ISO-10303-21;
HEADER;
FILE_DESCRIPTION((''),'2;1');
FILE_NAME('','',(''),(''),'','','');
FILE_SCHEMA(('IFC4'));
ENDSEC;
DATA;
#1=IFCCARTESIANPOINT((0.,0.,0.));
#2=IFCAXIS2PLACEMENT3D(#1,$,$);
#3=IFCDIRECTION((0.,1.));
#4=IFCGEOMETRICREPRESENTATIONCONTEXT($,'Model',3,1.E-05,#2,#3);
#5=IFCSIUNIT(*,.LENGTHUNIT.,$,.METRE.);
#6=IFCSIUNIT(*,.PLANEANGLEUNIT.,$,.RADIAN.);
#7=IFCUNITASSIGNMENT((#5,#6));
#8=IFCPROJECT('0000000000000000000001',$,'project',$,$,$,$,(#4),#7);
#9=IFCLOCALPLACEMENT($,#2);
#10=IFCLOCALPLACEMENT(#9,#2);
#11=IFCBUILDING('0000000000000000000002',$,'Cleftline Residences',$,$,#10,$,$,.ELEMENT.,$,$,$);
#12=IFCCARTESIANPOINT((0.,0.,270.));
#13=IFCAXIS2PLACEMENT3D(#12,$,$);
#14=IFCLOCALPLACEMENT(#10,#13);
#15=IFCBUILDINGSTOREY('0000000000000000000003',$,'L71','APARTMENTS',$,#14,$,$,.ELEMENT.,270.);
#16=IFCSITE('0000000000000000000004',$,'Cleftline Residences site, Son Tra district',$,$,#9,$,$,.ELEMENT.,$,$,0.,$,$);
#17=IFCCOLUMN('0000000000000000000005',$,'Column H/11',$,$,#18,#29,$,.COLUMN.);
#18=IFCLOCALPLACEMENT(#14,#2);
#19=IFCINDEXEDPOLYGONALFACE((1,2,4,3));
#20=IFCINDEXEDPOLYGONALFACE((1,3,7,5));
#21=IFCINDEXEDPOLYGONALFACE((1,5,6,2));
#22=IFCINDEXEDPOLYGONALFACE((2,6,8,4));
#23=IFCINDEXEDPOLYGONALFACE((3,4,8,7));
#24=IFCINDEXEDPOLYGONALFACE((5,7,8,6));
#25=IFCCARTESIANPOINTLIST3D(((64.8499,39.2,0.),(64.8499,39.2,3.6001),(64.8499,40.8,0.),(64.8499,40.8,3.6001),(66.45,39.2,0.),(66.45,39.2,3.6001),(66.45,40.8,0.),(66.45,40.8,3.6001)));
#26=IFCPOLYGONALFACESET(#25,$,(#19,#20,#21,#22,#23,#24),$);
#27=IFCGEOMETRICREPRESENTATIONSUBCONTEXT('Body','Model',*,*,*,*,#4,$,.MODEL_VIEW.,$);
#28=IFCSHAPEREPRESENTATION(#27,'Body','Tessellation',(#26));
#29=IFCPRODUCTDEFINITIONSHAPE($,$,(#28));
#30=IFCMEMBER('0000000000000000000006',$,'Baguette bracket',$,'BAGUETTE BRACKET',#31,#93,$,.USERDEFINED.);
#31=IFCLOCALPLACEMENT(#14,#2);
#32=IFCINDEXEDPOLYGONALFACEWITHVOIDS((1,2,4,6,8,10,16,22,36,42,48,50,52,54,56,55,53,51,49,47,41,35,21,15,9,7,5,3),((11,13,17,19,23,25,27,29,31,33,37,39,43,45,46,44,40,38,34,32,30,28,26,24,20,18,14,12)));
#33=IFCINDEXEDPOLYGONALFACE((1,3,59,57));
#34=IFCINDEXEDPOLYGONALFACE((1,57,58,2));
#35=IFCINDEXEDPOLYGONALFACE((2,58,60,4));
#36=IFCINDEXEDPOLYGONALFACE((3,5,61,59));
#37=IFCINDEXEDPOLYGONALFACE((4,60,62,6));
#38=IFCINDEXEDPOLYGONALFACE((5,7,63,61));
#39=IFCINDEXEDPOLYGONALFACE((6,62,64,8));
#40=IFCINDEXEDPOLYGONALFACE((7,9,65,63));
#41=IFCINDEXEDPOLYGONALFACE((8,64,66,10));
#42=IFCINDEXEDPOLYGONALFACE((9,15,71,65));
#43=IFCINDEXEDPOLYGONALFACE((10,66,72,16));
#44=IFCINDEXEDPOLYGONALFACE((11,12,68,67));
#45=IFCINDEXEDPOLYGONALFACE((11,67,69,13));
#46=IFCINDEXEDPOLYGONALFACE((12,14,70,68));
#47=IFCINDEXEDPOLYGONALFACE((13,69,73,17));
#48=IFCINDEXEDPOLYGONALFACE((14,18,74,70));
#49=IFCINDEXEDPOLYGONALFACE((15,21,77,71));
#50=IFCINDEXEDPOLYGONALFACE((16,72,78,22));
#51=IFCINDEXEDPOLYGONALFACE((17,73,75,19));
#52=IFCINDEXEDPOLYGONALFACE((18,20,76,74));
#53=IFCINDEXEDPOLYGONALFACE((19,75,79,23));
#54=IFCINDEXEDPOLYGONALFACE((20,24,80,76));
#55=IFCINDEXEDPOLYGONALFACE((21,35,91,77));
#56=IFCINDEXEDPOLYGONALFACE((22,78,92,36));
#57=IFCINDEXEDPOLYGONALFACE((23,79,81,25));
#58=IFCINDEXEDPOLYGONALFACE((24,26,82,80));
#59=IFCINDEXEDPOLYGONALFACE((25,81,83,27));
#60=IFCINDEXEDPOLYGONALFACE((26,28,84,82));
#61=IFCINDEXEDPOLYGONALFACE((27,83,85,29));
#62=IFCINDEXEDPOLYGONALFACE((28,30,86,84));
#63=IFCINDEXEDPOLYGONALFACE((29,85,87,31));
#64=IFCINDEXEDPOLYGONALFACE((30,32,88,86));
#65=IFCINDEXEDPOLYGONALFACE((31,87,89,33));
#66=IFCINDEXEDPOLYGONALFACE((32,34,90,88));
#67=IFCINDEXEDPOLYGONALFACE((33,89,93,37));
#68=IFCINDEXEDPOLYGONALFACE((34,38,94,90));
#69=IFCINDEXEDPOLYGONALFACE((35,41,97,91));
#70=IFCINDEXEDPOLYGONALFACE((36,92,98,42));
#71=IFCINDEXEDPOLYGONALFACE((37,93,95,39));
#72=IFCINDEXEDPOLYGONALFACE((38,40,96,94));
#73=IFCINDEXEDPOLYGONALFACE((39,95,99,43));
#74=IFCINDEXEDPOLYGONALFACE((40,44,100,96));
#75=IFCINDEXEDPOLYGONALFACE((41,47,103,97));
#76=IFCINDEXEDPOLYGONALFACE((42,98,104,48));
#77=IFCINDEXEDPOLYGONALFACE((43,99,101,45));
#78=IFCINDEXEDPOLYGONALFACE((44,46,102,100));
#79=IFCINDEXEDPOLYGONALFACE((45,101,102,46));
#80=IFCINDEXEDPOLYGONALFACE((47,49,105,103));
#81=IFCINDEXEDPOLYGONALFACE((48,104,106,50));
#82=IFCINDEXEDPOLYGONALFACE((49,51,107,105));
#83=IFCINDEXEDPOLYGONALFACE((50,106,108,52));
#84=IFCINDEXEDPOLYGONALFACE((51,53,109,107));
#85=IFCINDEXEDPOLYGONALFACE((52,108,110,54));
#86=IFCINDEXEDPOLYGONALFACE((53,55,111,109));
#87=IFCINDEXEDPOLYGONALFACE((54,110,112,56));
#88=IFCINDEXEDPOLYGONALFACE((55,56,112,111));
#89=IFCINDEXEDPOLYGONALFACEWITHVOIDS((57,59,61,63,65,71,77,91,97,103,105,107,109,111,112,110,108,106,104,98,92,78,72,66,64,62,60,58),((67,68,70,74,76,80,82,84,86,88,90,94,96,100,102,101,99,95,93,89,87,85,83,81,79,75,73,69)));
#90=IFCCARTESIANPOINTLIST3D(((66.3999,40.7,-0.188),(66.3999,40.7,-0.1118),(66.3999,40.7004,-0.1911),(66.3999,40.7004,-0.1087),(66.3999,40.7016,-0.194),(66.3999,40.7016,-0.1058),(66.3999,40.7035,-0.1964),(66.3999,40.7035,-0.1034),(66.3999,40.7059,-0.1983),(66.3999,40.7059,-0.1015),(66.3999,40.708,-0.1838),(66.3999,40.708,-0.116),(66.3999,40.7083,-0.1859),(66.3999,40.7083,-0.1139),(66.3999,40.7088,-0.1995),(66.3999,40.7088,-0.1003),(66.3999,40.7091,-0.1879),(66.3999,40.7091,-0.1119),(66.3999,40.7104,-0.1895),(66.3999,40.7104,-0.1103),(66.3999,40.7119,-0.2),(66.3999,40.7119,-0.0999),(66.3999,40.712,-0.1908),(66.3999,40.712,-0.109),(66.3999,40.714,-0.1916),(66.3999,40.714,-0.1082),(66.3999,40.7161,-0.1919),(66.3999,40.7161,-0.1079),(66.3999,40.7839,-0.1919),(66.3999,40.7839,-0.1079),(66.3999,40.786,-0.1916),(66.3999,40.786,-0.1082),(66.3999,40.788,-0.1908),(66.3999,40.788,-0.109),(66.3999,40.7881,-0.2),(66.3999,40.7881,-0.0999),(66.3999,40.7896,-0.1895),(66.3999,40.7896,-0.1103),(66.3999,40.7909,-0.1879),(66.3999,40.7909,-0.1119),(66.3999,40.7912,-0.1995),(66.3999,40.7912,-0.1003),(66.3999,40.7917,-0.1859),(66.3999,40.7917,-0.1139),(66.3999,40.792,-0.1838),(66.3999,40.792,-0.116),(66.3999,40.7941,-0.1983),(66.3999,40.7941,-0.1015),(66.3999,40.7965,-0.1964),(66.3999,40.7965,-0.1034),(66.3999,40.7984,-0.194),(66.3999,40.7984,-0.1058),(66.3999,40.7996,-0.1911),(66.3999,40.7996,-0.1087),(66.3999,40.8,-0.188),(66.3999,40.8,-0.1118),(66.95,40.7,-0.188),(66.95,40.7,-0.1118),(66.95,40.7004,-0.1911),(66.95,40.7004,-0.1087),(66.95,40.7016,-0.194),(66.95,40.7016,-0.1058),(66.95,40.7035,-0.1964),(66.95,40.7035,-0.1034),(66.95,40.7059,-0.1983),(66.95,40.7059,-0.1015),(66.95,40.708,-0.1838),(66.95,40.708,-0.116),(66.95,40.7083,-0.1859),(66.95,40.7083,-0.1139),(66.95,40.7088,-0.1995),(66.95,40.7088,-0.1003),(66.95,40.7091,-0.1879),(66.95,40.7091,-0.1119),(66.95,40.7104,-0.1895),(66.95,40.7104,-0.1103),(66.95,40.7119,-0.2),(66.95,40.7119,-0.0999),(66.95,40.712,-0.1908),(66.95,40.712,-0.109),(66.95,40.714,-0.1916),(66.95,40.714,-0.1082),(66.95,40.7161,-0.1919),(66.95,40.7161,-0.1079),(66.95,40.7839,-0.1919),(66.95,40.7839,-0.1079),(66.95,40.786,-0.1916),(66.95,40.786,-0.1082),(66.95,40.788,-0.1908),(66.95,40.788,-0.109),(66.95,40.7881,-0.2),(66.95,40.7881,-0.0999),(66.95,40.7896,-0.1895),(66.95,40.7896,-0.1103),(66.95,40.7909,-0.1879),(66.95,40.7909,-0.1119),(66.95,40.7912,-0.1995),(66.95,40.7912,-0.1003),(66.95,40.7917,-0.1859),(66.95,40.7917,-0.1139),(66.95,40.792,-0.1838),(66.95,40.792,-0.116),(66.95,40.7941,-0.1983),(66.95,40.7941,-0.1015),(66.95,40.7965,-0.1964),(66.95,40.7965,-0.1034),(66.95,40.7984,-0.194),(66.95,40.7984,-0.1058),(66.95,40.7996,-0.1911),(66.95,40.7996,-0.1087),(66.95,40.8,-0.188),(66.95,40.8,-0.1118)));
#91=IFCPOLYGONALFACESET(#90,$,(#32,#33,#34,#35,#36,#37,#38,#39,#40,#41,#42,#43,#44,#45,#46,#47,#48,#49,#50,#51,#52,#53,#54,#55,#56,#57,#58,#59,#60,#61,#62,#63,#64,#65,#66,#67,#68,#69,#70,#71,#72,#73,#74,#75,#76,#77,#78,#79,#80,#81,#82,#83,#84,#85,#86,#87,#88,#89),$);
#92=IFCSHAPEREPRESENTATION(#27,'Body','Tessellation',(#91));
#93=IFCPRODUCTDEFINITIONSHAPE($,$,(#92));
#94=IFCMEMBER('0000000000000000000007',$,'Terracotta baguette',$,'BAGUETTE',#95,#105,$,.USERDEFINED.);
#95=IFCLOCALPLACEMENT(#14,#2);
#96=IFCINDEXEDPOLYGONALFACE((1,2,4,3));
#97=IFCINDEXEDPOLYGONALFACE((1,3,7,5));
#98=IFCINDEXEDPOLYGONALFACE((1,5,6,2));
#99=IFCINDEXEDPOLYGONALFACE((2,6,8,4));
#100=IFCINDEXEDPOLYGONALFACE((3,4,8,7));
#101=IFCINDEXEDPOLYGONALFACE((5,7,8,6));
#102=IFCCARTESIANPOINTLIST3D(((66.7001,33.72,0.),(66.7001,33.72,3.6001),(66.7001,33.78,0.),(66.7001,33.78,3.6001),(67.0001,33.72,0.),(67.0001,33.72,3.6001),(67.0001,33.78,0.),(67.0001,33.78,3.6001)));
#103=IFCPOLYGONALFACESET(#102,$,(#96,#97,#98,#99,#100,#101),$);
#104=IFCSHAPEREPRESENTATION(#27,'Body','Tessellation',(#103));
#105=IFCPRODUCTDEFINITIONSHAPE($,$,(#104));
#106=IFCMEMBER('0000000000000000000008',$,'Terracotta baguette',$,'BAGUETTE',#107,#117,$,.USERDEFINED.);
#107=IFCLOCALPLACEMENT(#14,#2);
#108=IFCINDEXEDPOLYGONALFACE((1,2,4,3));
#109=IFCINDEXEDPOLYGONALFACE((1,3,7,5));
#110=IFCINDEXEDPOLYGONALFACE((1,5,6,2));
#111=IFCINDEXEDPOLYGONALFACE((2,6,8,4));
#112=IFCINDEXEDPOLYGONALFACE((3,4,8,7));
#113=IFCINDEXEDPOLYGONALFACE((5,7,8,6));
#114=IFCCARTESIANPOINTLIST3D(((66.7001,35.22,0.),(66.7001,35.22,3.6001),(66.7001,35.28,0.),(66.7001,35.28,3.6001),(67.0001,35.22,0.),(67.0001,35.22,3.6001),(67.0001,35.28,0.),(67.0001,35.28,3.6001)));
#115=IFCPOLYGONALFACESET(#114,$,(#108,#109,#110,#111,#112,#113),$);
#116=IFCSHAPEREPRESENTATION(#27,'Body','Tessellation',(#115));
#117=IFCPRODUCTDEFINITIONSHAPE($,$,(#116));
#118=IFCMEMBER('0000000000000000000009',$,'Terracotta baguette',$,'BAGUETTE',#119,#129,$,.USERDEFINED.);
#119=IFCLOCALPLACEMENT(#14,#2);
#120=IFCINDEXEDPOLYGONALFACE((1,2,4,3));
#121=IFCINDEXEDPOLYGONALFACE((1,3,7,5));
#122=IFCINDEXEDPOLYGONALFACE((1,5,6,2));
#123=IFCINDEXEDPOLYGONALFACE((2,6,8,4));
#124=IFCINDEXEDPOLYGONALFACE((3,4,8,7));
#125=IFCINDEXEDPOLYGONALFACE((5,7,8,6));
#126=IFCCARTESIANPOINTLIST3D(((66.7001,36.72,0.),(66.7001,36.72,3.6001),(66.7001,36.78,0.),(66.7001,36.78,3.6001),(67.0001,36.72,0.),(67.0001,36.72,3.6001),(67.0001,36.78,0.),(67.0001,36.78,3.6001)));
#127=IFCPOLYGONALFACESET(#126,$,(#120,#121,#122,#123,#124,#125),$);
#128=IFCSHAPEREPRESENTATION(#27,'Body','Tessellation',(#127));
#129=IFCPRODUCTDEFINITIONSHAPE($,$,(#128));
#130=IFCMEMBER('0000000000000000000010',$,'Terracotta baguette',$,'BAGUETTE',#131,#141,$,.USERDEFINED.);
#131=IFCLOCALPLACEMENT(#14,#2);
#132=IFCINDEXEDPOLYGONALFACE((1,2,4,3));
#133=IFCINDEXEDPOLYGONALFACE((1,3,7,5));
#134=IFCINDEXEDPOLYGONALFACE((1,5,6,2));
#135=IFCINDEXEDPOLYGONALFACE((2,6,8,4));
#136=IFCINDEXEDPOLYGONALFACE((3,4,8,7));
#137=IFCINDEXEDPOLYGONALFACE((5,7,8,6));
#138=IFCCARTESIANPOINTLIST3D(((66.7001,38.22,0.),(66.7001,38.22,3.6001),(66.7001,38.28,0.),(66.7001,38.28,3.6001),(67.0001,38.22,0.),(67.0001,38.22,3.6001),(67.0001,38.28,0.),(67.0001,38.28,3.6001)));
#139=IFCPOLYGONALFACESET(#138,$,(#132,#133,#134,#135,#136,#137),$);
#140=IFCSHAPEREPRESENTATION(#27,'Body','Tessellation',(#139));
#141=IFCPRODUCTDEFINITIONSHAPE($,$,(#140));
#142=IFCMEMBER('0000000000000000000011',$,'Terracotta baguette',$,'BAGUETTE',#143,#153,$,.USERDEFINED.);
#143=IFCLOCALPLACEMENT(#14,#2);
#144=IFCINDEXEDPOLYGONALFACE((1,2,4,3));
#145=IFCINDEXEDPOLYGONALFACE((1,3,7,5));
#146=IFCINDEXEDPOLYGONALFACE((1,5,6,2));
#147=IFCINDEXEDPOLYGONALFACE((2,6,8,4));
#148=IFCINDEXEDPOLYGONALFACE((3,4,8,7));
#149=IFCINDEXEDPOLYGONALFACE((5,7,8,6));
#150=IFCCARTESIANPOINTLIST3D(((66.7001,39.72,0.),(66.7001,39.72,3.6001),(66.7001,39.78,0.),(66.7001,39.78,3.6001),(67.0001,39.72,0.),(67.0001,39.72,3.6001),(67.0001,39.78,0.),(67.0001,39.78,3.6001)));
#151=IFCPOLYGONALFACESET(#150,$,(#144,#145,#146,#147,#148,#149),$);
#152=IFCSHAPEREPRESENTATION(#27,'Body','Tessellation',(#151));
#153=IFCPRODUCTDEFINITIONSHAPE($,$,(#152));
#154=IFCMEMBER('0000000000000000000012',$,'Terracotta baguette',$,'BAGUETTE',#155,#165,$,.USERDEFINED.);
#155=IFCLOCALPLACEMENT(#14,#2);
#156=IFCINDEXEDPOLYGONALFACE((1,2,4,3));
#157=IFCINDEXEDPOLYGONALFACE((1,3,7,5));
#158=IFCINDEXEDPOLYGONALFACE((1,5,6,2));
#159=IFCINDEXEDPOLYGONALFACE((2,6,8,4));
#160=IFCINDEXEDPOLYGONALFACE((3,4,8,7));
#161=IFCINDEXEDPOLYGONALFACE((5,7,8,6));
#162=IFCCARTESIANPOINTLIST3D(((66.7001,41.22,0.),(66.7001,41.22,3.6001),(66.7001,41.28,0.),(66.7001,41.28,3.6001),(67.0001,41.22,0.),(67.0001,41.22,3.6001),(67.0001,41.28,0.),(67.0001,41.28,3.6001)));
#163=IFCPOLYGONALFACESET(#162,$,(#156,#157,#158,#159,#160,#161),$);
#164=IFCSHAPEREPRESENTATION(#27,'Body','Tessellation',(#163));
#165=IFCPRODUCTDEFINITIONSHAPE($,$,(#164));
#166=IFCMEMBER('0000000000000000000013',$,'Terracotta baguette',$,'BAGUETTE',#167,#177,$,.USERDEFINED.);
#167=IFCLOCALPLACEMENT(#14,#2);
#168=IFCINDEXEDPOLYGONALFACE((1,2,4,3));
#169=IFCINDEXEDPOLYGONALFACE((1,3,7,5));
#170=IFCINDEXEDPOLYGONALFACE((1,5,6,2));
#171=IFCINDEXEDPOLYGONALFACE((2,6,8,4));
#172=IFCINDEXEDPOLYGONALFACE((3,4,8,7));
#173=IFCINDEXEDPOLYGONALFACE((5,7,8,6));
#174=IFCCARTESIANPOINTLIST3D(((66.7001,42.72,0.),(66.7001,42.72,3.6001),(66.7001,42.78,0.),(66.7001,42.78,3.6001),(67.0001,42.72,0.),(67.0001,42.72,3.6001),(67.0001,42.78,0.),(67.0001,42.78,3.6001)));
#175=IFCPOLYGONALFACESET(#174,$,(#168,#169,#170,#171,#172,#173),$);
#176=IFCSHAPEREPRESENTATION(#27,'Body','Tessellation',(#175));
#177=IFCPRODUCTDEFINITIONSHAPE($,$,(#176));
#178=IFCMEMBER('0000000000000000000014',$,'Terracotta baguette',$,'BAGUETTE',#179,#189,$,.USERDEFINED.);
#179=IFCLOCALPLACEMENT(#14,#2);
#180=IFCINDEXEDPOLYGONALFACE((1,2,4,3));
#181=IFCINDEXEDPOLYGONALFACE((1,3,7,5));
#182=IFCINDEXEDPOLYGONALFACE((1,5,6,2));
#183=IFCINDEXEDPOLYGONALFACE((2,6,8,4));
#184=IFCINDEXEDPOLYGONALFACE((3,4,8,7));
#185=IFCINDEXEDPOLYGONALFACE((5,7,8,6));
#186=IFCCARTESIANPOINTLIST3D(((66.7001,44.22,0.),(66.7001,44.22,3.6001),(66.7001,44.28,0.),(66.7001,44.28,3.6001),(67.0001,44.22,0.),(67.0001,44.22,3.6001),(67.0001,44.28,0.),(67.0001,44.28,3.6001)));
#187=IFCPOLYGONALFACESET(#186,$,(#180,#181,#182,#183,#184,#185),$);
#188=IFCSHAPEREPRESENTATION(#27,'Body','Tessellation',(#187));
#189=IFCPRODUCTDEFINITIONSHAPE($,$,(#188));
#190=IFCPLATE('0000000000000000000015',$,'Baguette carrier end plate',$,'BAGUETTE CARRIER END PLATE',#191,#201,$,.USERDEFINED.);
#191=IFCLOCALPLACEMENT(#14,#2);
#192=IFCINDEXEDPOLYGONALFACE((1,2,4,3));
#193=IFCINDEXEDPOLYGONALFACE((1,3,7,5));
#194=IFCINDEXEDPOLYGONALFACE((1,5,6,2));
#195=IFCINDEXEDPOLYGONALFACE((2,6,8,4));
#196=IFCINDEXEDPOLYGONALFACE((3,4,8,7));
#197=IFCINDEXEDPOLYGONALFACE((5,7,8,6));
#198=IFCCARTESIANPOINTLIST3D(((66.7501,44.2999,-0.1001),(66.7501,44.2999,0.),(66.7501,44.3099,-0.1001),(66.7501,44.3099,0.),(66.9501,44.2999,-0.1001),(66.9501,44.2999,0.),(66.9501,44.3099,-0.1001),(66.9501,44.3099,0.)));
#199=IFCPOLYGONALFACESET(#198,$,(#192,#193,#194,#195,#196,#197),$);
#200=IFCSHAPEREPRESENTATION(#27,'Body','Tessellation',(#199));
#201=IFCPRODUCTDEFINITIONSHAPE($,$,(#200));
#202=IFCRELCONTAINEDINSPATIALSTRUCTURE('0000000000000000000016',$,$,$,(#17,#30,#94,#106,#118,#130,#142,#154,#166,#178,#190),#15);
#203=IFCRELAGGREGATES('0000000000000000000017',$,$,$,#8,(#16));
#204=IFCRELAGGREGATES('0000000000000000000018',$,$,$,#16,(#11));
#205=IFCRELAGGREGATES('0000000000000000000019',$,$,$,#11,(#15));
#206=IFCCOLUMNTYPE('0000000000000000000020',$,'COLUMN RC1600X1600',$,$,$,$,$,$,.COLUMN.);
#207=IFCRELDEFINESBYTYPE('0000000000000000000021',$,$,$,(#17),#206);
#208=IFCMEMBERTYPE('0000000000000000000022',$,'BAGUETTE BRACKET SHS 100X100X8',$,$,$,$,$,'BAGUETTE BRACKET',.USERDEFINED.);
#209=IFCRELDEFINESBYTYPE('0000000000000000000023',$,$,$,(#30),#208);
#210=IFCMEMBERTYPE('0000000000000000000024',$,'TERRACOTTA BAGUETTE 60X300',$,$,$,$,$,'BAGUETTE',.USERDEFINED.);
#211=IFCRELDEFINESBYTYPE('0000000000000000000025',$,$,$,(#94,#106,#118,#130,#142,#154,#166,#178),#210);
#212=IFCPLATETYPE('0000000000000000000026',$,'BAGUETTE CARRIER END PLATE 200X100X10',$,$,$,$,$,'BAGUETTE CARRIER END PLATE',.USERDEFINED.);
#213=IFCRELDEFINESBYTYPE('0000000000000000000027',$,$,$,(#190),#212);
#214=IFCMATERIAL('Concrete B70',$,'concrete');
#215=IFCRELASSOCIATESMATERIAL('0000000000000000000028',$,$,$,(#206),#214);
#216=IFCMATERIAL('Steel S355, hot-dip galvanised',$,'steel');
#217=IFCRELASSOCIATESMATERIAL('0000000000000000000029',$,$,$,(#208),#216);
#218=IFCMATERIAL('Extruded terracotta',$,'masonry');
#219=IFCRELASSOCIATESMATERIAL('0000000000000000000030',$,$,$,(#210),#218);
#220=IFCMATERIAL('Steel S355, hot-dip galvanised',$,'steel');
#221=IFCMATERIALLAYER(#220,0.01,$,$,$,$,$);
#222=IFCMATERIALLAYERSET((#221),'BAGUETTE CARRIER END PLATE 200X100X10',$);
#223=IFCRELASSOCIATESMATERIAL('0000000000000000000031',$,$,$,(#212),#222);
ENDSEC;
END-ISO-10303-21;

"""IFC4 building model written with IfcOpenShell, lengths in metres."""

from ifc_helpers import new_model, si_unit, direction, frame, origin, origin_2d, place, context, subcontext, project, spatial, rectangle, hollow_rectangle, extrude, material, layer, layer_set, material_profile, profile_set, type_object, element, save


model = new_model("IFC4")

# Units and contexts
model_context = context("Model", 3, precision=1e-05, world=origin(), true_north=direction((0.0, 1.0)))
body_context = subcontext(model_context, "Body", "Model", "MODEL_VIEW")
ifc_project = project(units=[si_unit("LENGTHUNIT", "METRE"), si_unit("PLANEANGLEUNIT", "RADIAN")], contexts=[model_context])

# Site, building, storey
site_placement = place(None, origin())
site = spatial("IfcSite", under=ifc_project, at=site_placement, Name="Cleftline Residences site, Son Tra district", CompositionType="ELEMENT", RefElevation=0.0)
building_placement = place(site_placement, origin())
building = spatial("IfcBuilding", under=site, at=building_placement, Name="Cleftline Residences", CompositionType="ELEMENT")
storey_placement = place(building_placement, frame((0.0, 0.0, 270.0)))
storey = spatial("IfcBuildingStorey", under=building, at=storey_placement, Name="L71", Description="APARTMENTS", CompositionType="ELEMENT", Elevation=270.0)

# Column
ifc_material_1 = material(Name="Concrete B70", Category="concrete")
ifc_material_profile_1 = material_profile(ifc_material_1, rectangle(XDim=1.6001, YDim=1.6001, at=origin_2d()))
ifc_profile_set_1 = profile_set([ifc_material_profile_1], Name="Concrete B70")
column_type = type_object("IfcColumnType", Name="COLUMN RC1600X1600", PredefinedType="COLUMN", material=ifc_profile_set_1)
column_placement = place(storey_placement, frame((65.6499, 40.0, 0.0), z_axis=(0.0, 0.0, 1.0), x_axis=(1.0, 0.0, 0.0)))
element("IfcColumn", 1, at=column_placement, inside=storey, type_object=column_type, Name="Column H/11", PredefinedType="COLUMN", context=body_context, shape_type="SweptSolid", body=[
    extrude(rectangle(XDim=1.6001, YDim=1.6001, at=origin_2d()), origin(), (0.0, 0.0, 1.0), 3.6001),
])

# Members
ifc_material_2 = material(Name="Steel S355, hot-dip galvanised", Category="steel")
ifc_material_profile_2 = material_profile(ifc_material_2, hollow_rectangle(XDim=0.1001, YDim=0.1001, WallThickness=0.0081, InnerFilletRadius=0.0081, OuterFilletRadius=0.012, at=origin_2d()))
ifc_profile_set_2 = profile_set([ifc_material_profile_2], Name="Steel S355, hot-dip galvanised")
member_type_1 = type_object("IfcMemberType", Name="BAGUETTE BRACKET SHS 100X100X8", ElementType="BAGUETTE BRACKET", PredefinedType="USERDEFINED", material=ifc_profile_set_2)
member_placement = place(storey_placement, frame((66.3999, 40.75, -0.1499), z_axis=(1.0, 0.0, 0.0), x_axis=(0.0, 1.0, 0.0)))
element("IfcMember", 2, at=member_placement, inside=storey, type_object=member_type_1, Name="Baguette bracket", ObjectType="BAGUETTE BRACKET", PredefinedType="USERDEFINED", context=body_context, shape_type="SweptSolid", body=[
    extrude(hollow_rectangle(XDim=0.1001, YDim=0.1001, WallThickness=0.0081, InnerFilletRadius=0.0081, OuterFilletRadius=0.012, at=origin_2d()), origin(), (0.0, 0.0, 1.0), 0.55),
])
ifc_material_3 = material(Name="Extruded terracotta", Category="masonry")
ifc_material_profile_3 = material_profile(ifc_material_3, rectangle(XDim=0.0601, YDim=0.3, at=origin_2d()))
ifc_profile_set_3 = profile_set([ifc_material_profile_3], Name="Extruded terracotta")
member_type_2 = type_object("IfcMemberType", Name="TERRACOTTA BAGUETTE 60X300", ElementType="BAGUETTE", PredefinedType="USERDEFINED", material=ifc_profile_set_3)
for number, where, z_axis, x_axis, name in (
    (3, (66.8501, 33.75, 0.0), (0.0, 0.0, 1.0), (0.0, 1.0, 0.0), "Terracotta baguette"),
    (4, (66.8501, 35.25, 0.0), (0.0, 0.0, 1.0), (0.0, 1.0, 0.0), "Terracotta baguette"),
    (5, (66.8501, 36.75, 0.0), (0.0, 0.0, 1.0), (0.0, 1.0, 0.0), "Terracotta baguette"),
    (6, (66.8501, 38.25, 0.0), (0.0, 0.0, 1.0), (0.0, 1.0, 0.0), "Terracotta baguette"),
    (7, (66.8501, 39.75, 0.0), (0.0, 0.0, 1.0), (0.0, 1.0, 0.0), "Terracotta baguette"),
    (8, (66.8501, 41.25, 0.0), (0.0, 0.0, 1.0), (0.0, 1.0, 0.0), "Terracotta baguette"),
    (9, (66.8501, 42.75, 0.0), (0.0, 0.0, 1.0), (0.0, 1.0, 0.0), "Terracotta baguette"),
    (10, (66.8501, 44.25, 0.0), (0.0, 0.0, 1.0), (0.0, 1.0, 0.0), "Terracotta baguette"),
):
    element("IfcMember", number, at=place(storey_placement, frame(where, z_axis=z_axis, x_axis=x_axis)), inside=storey, type_object=member_type_2, Name=name, ObjectType="BAGUETTE", PredefinedType="USERDEFINED", context=body_context, shape_type="SweptSolid", body=[
        extrude(rectangle(XDim=0.0601, YDim=0.3, at=origin_2d()), origin(), (0.0, 0.0, 1.0), 3.6001),
    ])

# Plate
ifc_material_4 = material(Name="Steel S355, hot-dip galvanised", Category="steel")
ifc_layer_1 = layer(ifc_material_4, 0.01)
ifc_layer_set_1 = layer_set([ifc_layer_1], Name="BAGUETTE CARRIER END PLATE 200X100X10")
plate_type = type_object("IfcPlateType", Name="BAGUETTE CARRIER END PLATE 200X100X10", ElementType="BAGUETTE CARRIER END PLATE", PredefinedType="USERDEFINED", material=ifc_layer_set_1)
plate_placement = place(storey_placement, frame((66.8501, 44.3049, -0.1001), z_axis=(0.0, 0.0, 1.0), x_axis=(1.0, 0.0, 0.0)))
element("IfcPlate", 11, at=plate_placement, inside=storey, type_object=plate_type, Name="Baguette carrier end plate", ObjectType="BAGUETTE CARRIER END PLATE", PredefinedType="USERDEFINED", context=body_context, shape_type="SweptSolid", body=[
    extrude(rectangle(XDim=0.2, YDim=0.01, at=origin_2d()), origin(), (0.0, 0.0, 1.0), 0.1001),
])

save(model, "model.ifc")
